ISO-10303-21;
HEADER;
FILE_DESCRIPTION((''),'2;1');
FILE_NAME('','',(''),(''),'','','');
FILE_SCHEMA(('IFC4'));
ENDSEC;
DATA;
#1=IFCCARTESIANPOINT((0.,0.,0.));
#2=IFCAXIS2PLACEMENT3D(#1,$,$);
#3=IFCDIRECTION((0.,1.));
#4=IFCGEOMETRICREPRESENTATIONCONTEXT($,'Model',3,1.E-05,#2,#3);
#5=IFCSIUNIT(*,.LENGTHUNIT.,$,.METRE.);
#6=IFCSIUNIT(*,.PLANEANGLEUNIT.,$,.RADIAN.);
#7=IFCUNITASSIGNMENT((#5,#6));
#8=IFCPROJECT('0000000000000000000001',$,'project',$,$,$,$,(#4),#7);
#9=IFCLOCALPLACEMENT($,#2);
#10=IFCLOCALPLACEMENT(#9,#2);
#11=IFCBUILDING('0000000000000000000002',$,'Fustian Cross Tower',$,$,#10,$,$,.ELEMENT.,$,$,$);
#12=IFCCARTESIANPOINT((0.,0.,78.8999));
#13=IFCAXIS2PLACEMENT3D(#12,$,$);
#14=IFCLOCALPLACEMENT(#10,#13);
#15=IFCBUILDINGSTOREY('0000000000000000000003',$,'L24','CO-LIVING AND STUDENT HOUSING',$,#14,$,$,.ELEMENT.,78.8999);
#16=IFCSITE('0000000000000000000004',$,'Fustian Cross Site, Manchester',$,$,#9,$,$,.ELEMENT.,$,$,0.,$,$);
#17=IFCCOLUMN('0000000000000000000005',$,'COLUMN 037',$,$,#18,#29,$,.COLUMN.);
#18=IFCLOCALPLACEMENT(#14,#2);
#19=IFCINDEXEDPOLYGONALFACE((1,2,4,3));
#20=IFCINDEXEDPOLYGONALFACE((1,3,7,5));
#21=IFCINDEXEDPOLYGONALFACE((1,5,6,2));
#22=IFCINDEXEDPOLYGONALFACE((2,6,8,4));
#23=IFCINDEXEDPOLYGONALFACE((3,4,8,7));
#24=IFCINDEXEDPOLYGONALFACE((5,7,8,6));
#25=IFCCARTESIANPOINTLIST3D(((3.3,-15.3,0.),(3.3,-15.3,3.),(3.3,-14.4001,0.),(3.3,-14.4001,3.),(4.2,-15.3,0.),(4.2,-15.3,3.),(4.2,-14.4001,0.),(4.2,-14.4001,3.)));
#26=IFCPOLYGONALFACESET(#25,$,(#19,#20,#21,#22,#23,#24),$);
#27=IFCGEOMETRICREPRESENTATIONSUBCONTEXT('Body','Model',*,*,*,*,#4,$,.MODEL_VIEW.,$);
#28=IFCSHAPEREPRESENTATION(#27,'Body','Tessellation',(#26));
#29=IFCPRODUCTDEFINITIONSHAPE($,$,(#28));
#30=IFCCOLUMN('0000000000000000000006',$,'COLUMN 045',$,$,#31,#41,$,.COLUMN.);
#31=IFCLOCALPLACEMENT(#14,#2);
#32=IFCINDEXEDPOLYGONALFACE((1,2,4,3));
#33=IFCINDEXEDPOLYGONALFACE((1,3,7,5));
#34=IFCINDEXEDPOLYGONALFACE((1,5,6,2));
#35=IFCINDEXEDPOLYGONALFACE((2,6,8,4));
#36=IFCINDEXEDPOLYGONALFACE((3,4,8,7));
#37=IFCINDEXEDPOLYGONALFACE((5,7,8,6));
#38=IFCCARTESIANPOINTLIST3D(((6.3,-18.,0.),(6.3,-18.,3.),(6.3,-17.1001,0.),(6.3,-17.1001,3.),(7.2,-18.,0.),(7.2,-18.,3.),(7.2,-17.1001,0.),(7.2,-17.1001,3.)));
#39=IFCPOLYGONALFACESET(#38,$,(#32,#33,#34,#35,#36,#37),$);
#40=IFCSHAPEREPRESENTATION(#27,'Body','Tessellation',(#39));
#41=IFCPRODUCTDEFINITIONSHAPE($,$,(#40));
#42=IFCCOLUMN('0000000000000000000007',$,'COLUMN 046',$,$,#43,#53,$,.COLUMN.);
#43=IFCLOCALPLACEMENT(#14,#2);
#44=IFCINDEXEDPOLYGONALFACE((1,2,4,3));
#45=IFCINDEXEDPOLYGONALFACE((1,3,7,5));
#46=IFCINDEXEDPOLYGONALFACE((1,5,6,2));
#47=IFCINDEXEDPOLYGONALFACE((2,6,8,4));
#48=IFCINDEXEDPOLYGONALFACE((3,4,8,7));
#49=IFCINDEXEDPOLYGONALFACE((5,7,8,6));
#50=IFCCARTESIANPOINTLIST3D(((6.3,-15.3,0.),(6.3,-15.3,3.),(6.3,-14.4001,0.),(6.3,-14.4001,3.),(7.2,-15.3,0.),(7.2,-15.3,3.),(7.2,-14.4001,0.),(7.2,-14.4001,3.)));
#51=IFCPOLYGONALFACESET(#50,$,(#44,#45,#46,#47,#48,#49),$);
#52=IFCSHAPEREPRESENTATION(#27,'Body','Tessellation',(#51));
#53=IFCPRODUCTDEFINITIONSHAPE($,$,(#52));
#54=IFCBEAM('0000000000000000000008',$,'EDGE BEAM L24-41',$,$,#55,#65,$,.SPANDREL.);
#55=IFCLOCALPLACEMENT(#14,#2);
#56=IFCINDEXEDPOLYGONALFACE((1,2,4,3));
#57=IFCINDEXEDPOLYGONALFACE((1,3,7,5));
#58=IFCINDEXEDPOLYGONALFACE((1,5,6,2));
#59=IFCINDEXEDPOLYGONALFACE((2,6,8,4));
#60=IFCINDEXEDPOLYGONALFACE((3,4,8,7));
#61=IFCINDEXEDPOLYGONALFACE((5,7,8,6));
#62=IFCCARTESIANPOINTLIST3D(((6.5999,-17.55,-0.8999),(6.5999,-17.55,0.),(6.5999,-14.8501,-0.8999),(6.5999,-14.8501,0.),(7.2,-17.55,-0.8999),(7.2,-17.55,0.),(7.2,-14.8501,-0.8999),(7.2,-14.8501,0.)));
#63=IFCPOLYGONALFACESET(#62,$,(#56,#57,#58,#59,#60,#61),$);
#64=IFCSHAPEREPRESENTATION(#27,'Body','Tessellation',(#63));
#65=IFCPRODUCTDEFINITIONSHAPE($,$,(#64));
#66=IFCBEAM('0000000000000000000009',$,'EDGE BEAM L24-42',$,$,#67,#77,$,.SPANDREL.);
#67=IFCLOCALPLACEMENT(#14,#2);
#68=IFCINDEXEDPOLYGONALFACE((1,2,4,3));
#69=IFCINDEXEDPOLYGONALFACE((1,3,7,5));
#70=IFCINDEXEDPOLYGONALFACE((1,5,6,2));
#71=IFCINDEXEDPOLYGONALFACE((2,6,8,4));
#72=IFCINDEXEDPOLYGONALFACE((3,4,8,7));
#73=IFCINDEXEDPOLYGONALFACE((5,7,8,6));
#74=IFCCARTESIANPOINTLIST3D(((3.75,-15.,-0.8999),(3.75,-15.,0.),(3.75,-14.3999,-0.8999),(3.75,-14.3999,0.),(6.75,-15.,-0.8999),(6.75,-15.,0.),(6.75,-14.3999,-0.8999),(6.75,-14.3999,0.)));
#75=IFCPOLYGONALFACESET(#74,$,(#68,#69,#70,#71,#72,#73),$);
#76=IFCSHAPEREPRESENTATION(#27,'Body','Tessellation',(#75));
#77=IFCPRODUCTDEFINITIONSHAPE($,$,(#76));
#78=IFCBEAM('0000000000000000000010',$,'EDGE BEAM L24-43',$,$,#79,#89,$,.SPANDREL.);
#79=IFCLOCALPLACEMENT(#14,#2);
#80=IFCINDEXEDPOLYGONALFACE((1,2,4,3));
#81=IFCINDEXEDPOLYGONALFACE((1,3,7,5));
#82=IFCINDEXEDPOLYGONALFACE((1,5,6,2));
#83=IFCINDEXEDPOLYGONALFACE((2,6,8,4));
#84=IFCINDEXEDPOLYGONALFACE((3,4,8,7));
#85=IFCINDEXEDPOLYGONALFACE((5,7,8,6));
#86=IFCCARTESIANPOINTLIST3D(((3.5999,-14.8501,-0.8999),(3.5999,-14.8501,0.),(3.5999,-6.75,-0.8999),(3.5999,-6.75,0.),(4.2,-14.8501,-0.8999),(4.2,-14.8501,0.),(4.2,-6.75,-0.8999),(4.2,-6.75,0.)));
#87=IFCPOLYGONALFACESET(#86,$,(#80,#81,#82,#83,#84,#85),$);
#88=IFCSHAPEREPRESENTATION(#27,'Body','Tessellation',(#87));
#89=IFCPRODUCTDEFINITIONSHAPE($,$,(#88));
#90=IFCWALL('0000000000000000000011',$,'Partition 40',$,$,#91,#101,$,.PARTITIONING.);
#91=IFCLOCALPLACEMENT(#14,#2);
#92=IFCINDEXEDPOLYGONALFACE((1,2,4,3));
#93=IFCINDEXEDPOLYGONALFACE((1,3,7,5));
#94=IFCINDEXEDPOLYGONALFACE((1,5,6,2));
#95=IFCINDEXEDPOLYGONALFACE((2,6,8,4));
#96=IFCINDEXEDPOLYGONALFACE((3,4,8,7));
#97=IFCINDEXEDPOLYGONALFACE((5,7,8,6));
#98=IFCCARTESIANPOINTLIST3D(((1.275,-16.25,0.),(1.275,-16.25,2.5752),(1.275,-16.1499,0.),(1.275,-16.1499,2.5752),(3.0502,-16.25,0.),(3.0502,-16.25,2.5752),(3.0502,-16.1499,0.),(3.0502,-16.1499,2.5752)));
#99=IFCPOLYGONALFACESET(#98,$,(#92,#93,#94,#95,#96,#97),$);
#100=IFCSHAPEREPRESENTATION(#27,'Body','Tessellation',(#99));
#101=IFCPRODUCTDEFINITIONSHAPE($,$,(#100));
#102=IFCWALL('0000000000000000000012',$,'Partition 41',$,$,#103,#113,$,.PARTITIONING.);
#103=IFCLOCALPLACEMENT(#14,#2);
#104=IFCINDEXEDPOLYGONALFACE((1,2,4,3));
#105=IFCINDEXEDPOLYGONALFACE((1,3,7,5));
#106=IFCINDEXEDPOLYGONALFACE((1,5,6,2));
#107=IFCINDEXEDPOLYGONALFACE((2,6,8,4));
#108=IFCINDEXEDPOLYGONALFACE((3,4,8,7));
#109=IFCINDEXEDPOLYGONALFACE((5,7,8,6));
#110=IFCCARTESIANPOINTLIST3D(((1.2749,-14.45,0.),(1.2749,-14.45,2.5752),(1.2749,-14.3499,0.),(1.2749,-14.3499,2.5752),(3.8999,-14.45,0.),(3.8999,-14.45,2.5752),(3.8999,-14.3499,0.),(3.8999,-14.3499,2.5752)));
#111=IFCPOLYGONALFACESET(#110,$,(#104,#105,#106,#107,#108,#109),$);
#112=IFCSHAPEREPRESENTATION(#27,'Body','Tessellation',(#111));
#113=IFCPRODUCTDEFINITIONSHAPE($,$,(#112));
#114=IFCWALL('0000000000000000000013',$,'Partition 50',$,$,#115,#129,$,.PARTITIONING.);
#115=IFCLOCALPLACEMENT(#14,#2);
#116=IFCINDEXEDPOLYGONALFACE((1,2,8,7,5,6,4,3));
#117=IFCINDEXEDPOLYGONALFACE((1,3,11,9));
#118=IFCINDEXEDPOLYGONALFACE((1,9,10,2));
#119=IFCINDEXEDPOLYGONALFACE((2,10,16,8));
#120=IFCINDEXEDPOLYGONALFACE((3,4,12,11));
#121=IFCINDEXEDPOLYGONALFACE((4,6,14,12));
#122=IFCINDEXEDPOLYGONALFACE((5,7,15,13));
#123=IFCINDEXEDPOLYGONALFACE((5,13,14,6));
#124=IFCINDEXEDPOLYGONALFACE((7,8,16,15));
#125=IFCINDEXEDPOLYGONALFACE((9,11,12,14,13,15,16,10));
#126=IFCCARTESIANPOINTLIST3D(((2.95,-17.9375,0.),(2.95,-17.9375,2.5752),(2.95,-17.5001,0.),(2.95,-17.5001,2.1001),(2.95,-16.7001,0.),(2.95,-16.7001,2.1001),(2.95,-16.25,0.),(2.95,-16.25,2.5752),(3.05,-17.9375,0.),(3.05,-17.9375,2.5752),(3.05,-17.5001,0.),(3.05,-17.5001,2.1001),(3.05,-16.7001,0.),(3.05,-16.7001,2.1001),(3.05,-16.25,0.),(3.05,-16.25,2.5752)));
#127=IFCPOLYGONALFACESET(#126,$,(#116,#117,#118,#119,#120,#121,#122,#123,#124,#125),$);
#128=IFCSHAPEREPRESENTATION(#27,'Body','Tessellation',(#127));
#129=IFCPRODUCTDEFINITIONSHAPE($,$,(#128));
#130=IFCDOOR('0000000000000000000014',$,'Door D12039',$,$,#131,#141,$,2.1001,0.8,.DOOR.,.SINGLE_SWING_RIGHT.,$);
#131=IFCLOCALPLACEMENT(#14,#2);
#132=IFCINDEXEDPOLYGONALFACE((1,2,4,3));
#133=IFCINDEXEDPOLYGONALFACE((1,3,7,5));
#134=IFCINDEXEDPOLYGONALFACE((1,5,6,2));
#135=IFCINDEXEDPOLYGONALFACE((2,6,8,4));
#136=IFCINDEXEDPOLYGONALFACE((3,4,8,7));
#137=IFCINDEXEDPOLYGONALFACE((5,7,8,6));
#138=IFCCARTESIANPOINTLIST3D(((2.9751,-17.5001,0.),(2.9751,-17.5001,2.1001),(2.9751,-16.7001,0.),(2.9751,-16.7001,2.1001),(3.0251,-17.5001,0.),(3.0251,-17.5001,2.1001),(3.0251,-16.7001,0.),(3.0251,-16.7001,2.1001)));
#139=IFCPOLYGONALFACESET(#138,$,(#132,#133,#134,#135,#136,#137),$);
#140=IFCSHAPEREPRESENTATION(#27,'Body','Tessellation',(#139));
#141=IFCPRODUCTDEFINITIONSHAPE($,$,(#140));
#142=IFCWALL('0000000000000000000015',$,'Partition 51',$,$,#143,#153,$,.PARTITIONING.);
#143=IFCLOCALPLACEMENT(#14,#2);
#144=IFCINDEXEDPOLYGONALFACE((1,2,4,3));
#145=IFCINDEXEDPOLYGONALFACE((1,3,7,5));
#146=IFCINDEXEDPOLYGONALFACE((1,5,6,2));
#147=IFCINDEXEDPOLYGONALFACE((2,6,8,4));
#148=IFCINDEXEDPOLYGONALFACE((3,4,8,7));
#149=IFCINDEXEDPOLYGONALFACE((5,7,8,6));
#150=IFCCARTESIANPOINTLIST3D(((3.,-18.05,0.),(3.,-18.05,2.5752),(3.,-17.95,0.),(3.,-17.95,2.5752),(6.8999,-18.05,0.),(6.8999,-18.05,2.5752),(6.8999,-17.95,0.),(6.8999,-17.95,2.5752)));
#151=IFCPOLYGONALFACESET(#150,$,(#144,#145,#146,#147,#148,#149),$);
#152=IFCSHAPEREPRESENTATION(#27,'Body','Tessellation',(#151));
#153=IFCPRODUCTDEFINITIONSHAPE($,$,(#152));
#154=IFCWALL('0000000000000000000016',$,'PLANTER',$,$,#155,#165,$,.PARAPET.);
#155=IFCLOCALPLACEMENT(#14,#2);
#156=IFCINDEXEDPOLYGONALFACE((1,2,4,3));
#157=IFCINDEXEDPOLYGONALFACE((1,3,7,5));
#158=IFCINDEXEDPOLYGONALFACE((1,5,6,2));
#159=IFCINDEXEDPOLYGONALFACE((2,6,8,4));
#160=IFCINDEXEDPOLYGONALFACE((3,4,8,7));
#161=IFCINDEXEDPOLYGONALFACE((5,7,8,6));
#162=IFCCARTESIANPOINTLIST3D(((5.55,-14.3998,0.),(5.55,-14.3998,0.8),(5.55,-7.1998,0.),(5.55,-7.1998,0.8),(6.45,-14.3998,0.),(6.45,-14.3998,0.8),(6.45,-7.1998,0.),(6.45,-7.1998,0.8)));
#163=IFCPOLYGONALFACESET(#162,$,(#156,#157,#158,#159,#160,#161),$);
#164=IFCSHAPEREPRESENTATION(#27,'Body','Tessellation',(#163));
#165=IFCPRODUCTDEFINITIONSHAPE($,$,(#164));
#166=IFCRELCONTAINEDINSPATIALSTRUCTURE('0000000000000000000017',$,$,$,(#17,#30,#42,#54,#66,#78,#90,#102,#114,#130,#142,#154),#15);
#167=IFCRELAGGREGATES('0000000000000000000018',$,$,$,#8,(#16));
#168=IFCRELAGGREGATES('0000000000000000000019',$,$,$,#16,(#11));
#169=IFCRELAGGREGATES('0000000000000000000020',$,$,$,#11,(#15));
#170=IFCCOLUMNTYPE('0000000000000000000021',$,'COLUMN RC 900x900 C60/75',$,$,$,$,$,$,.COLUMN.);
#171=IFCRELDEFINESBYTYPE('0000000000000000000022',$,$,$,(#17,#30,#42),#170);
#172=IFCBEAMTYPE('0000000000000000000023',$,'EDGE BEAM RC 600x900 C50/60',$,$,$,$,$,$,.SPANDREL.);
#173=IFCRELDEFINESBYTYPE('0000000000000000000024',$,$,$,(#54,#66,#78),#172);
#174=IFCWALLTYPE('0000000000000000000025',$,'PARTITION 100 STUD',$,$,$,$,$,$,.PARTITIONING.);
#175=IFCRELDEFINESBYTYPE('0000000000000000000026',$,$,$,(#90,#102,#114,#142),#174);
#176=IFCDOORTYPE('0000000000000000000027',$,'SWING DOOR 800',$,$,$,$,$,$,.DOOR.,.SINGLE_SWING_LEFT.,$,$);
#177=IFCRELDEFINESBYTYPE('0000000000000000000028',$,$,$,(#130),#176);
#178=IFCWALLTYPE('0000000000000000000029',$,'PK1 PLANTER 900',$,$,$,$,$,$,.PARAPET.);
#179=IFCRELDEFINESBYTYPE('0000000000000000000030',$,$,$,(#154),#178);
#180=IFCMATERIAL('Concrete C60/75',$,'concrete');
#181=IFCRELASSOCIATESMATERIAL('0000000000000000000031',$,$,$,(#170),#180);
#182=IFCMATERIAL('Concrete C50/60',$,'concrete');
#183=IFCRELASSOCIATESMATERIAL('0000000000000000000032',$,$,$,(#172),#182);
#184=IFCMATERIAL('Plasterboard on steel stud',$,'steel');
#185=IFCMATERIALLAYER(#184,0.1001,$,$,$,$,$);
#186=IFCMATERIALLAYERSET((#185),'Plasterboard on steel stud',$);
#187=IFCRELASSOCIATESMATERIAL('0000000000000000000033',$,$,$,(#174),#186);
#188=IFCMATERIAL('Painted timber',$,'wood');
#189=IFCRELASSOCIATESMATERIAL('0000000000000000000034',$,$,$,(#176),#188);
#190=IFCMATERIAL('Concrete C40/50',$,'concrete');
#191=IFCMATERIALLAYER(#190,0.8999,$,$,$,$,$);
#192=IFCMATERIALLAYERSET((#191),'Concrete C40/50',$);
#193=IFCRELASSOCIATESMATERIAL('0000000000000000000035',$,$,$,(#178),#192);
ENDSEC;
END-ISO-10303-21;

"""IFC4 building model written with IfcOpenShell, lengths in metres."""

from ifc_helpers import new_model, si_unit, direction, frame, frame_2d, origin, origin_2d, place, context, subcontext, project, spatial, rectangle, extrude, material, layer, layer_set, material_profile, profile_set, type_object, element, fill, save


model = new_model("IFC4")

# Units and contexts
model_context = context("Model", 3, precision=1e-05, world=origin(), true_north=direction((0.0, 1.0)))
body_context = subcontext(model_context, "Body", "Model", "MODEL_VIEW")
ifc_project = project(units=[si_unit("LENGTHUNIT", "METRE"), si_unit("PLANEANGLEUNIT", "RADIAN")], contexts=[model_context])

# Site, building, storey
site_placement = place(None, origin())
site = spatial("IfcSite", under=ifc_project, at=site_placement, Name="Fustian Cross Site, Manchester", CompositionType="ELEMENT", RefElevation=0.0)
building_placement = place(site_placement, origin())
building = spatial("IfcBuilding", under=site, at=building_placement, Name="Fustian Cross Tower", CompositionType="ELEMENT")
storey_placement = place(building_placement, frame((0.0, 0.0, 78.8999)))
storey = spatial("IfcBuildingStorey", under=building, at=storey_placement, Name="L24", Description="CO-LIVING AND STUDENT HOUSING", CompositionType="ELEMENT", Elevation=78.8999)

# Columns
ifc_material_1 = material(Name="Concrete C60/75", Category="concrete")
ifc_material_profile_1 = material_profile(ifc_material_1, rectangle(XDim=0.8999, YDim=0.8999, at=origin_2d()), Name="RC 900x900")
ifc_profile_set_1 = profile_set([ifc_material_profile_1], Name="Concrete C60/75")
column_type = type_object("IfcColumnType", Name="COLUMN RC 900x900 C60/75", PredefinedType="COLUMN", material=ifc_profile_set_1)
for number, where, z_axis, x_axis, name in (
    (1, (3.75, -14.8501, 0.0), (0.0, 0.0, 1.0), (1.0, 0.0, 0.0), "COLUMN 037"),
    (2, (6.75, -17.55, 0.0), (0.0, 0.0, 1.0), (1.0, 0.0, 0.0), "COLUMN 045"),
    (3, (6.75, -14.8501, 0.0), (0.0, 0.0, 1.0), (1.0, 0.0, 0.0), "COLUMN 046"),
):
    element("IfcColumn", number, at=place(storey_placement, frame(where, z_axis=z_axis, x_axis=x_axis)), inside=storey, type_object=column_type, Name=name, PredefinedType="COLUMN", context=body_context, shape_type="SweptSolid", body=[
        extrude(rectangle(XDim=0.8999, YDim=0.8999, at=origin_2d()), origin(), (0.0, 0.0, 1.0), 3.0),
    ])

# Beams
ifc_material_2 = material(Name="Concrete C50/60", Category="concrete")
ifc_material_profile_2 = material_profile(ifc_material_2, rectangle(XDim=0.6001, YDim=0.8999, at=origin_2d()), Name="RC 600x900")
ifc_profile_set_2 = profile_set([ifc_material_profile_2], Name="Concrete C50/60")
beam_type = type_object("IfcBeamType", Name="EDGE BEAM RC 600x900 C50/60", PredefinedType="SPANDREL", material=ifc_profile_set_2)
beam_1_placement = place(storey_placement, frame((6.8999, -17.55, -0.45), z_axis=(0.0, 1.0, 0.0), x_axis=(-1.0, 0.0, 0.0)))
element("IfcBeam", 4, at=beam_1_placement, inside=storey, type_object=beam_type, Name="EDGE BEAM L24-41", PredefinedType="SPANDREL", context=body_context, shape_type="SweptSolid", body=[
    extrude(rectangle(XDim=0.6001, YDim=0.8999, at=origin_2d()), origin(), (0.0, 0.0, 1.0), 2.7),
])
beam_2_placement = place(storey_placement, frame((6.75, -14.7, -0.45), z_axis=(-1.0, 0.0, 0.0), x_axis=(0.0, -1.0, 0.0)))
element("IfcBeam", 5, at=beam_2_placement, inside=storey, type_object=beam_type, Name="EDGE BEAM L24-42", PredefinedType="SPANDREL", context=body_context, shape_type="SweptSolid", body=[
    extrude(rectangle(XDim=0.6001, YDim=0.8999, at=origin_2d()), origin(), (0.0, 0.0, 1.0), 3.0),
])
beam_3_placement = place(storey_placement, frame((3.8999, -14.8501, -0.45), z_axis=(0.0, 1.0, 0.0), x_axis=(-1.0, 0.0, 0.0)))
element("IfcBeam", 6, at=beam_3_placement, inside=storey, type_object=beam_type, Name="EDGE BEAM L24-43", PredefinedType="SPANDREL", context=body_context, shape_type="SweptSolid", body=[
    extrude(rectangle(XDim=0.6001, YDim=0.8999, at=origin_2d()), origin(), (0.0, 0.0, 1.0), 8.1001),
])

# Walls
ifc_material_3 = material(Name="Plasterboard on steel stud", Category="steel")
ifc_layer_1 = layer(ifc_material_3, 0.1001)
ifc_layer_set_1 = layer_set([ifc_layer_1], Name="Plasterboard on steel stud")
wall_type_1 = type_object("IfcWallType", Name="PARTITION 100 STUD", PredefinedType="PARTITIONING", material=ifc_layer_set_1)
wall_1_placement = place(storey_placement, frame((1.2749, -16.2, 0.0), z_axis=(0.0, 0.0, 1.0), x_axis=(1.0, 0.0, 0.0)))
element("IfcWall", 7, at=wall_1_placement, inside=storey, type_object=wall_type_1, Name="Partition 40", PredefinedType="PARTITIONING", context=body_context, shape_type="SweptSolid", body=[
    extrude(rectangle(XDim=1.7751, YDim=0.1001, at=frame_2d((0.8877, 0.0))), origin(), (0.0, 0.0, 1.0), 2.5752),
])
wall_2_placement = place(storey_placement, frame((1.2749, -14.3999, 0.0), z_axis=(0.0, 0.0, 1.0), x_axis=(1.0, 0.0, 0.0)))
element("IfcWall", 8, at=wall_2_placement, inside=storey, type_object=wall_type_1, Name="Partition 41", PredefinedType="PARTITIONING", context=body_context, shape_type="SweptSolid", body=[
    extrude(rectangle(XDim=2.625, YDim=0.1001, at=frame_2d((1.3125, 0.0))), origin(), (0.0, 0.0, 1.0), 2.5752),
])

# Wall, opening, door
wall_3_placement = place(storey_placement, frame((3.0, -17.9375, 0.0), z_axis=(0.0, 0.0, 1.0), x_axis=(0.0, 1.0, 0.0)))
wall_3 = element("IfcWall", 9, at=wall_3_placement, inside=storey, type_object=wall_type_1, Name="Partition 50", PredefinedType="PARTITIONING", context=body_context, shape_type="SweptSolid", body=[
    extrude(rectangle(XDim=1.6875, YDim=0.1001, at=frame_2d((0.8438, 0.0))), origin(), (0.0, 0.0, 1.0), 2.5752),
])
opening_1_placement = place(wall_3_placement, frame((0.4375, 0.0, 0.0)))
opening_1 = element("IfcOpeningElement", 10, at=opening_1_placement, cuts=wall_3, PredefinedType="OPENING", context=body_context, shape_type="SweptSolid", body=[
    extrude(rectangle(XDim=0.8, YDim=2.1001, at=frame_2d((0.3999, 1.05))), frame((0.0, 0.0601, 0.0), z_axis=(0.0, -1.0, 0.0), x_axis=(1.0, 0.0, 0.0)), (0.0, 0.0, 1.0), 0.1201),
])
ifc_material_4 = material(Name="Painted timber", Category="wood")
door_type_1 = type_object("IfcDoorType", Name="SWING DOOR 800", OperationType="SINGLE_SWING_LEFT", PredefinedType="DOOR", material=ifc_material_4)
door_1_placement = place(opening_1_placement, origin())
door_1 = element("IfcDoor", 11, at=door_1_placement, inside=storey, type_object=door_type_1, Name="Door D12039", OperationType="SINGLE_SWING_RIGHT", OverallHeight=2.1001, OverallWidth=0.8, PredefinedType="DOOR", context=body_context, shape_type="SweptSolid", body=[
    extrude(rectangle(XDim=0.8, YDim=2.1001, at=frame_2d((0.3999, 1.05))), frame((0.0, 0.0249, 0.0), z_axis=(0.0, -1.0, 0.0), x_axis=(1.0, 0.0, 0.0)), (0.0, 0.0, 1.0), 0.05),
])
fill(opening_1, door_1)

# Walls
wall_4_placement = place(storey_placement, frame((3.0, -18.0, 0.0), z_axis=(0.0, 0.0, 1.0), x_axis=(1.0, 0.0, 0.0)))
element("IfcWall", 12, at=wall_4_placement, inside=storey, type_object=wall_type_1, Name="Partition 51", PredefinedType="PARTITIONING", context=body_context, shape_type="SweptSolid", body=[
    extrude(rectangle(XDim=3.8999, YDim=0.1001, at=frame_2d((1.95, 0.0))), origin(), (0.0, 0.0, 1.0), 2.5752),
])
ifc_material_5 = material(Name="Concrete C40/50", Category="concrete")
ifc_layer_2 = layer(ifc_material_5, 0.8999)
ifc_layer_set_2 = layer_set([ifc_layer_2], Name="Concrete C40/50")
wall_type_2 = type_object("IfcWallType", Name="PK1 PLANTER 900", PredefinedType="PARAPET", material=ifc_layer_set_2)
wall_5_placement = place(storey_placement, frame((6.0, -14.3999, 0.0), z_axis=(0.0, 0.0, 1.0), x_axis=(0.0, 1.0, 0.0)))
element("IfcWall", 13, at=wall_5_placement, inside=storey, type_object=wall_type_2, Name="PLANTER", PredefinedType="PARAPET", context=body_context, shape_type="SweptSolid", body=[
    extrude(rectangle(XDim=7.2, YDim=0.8999, at=frame_2d((3.6001, 0.0))), origin(), (0.0, 0.0, 1.0), 0.8),
])

save(model, "model.ifc")
